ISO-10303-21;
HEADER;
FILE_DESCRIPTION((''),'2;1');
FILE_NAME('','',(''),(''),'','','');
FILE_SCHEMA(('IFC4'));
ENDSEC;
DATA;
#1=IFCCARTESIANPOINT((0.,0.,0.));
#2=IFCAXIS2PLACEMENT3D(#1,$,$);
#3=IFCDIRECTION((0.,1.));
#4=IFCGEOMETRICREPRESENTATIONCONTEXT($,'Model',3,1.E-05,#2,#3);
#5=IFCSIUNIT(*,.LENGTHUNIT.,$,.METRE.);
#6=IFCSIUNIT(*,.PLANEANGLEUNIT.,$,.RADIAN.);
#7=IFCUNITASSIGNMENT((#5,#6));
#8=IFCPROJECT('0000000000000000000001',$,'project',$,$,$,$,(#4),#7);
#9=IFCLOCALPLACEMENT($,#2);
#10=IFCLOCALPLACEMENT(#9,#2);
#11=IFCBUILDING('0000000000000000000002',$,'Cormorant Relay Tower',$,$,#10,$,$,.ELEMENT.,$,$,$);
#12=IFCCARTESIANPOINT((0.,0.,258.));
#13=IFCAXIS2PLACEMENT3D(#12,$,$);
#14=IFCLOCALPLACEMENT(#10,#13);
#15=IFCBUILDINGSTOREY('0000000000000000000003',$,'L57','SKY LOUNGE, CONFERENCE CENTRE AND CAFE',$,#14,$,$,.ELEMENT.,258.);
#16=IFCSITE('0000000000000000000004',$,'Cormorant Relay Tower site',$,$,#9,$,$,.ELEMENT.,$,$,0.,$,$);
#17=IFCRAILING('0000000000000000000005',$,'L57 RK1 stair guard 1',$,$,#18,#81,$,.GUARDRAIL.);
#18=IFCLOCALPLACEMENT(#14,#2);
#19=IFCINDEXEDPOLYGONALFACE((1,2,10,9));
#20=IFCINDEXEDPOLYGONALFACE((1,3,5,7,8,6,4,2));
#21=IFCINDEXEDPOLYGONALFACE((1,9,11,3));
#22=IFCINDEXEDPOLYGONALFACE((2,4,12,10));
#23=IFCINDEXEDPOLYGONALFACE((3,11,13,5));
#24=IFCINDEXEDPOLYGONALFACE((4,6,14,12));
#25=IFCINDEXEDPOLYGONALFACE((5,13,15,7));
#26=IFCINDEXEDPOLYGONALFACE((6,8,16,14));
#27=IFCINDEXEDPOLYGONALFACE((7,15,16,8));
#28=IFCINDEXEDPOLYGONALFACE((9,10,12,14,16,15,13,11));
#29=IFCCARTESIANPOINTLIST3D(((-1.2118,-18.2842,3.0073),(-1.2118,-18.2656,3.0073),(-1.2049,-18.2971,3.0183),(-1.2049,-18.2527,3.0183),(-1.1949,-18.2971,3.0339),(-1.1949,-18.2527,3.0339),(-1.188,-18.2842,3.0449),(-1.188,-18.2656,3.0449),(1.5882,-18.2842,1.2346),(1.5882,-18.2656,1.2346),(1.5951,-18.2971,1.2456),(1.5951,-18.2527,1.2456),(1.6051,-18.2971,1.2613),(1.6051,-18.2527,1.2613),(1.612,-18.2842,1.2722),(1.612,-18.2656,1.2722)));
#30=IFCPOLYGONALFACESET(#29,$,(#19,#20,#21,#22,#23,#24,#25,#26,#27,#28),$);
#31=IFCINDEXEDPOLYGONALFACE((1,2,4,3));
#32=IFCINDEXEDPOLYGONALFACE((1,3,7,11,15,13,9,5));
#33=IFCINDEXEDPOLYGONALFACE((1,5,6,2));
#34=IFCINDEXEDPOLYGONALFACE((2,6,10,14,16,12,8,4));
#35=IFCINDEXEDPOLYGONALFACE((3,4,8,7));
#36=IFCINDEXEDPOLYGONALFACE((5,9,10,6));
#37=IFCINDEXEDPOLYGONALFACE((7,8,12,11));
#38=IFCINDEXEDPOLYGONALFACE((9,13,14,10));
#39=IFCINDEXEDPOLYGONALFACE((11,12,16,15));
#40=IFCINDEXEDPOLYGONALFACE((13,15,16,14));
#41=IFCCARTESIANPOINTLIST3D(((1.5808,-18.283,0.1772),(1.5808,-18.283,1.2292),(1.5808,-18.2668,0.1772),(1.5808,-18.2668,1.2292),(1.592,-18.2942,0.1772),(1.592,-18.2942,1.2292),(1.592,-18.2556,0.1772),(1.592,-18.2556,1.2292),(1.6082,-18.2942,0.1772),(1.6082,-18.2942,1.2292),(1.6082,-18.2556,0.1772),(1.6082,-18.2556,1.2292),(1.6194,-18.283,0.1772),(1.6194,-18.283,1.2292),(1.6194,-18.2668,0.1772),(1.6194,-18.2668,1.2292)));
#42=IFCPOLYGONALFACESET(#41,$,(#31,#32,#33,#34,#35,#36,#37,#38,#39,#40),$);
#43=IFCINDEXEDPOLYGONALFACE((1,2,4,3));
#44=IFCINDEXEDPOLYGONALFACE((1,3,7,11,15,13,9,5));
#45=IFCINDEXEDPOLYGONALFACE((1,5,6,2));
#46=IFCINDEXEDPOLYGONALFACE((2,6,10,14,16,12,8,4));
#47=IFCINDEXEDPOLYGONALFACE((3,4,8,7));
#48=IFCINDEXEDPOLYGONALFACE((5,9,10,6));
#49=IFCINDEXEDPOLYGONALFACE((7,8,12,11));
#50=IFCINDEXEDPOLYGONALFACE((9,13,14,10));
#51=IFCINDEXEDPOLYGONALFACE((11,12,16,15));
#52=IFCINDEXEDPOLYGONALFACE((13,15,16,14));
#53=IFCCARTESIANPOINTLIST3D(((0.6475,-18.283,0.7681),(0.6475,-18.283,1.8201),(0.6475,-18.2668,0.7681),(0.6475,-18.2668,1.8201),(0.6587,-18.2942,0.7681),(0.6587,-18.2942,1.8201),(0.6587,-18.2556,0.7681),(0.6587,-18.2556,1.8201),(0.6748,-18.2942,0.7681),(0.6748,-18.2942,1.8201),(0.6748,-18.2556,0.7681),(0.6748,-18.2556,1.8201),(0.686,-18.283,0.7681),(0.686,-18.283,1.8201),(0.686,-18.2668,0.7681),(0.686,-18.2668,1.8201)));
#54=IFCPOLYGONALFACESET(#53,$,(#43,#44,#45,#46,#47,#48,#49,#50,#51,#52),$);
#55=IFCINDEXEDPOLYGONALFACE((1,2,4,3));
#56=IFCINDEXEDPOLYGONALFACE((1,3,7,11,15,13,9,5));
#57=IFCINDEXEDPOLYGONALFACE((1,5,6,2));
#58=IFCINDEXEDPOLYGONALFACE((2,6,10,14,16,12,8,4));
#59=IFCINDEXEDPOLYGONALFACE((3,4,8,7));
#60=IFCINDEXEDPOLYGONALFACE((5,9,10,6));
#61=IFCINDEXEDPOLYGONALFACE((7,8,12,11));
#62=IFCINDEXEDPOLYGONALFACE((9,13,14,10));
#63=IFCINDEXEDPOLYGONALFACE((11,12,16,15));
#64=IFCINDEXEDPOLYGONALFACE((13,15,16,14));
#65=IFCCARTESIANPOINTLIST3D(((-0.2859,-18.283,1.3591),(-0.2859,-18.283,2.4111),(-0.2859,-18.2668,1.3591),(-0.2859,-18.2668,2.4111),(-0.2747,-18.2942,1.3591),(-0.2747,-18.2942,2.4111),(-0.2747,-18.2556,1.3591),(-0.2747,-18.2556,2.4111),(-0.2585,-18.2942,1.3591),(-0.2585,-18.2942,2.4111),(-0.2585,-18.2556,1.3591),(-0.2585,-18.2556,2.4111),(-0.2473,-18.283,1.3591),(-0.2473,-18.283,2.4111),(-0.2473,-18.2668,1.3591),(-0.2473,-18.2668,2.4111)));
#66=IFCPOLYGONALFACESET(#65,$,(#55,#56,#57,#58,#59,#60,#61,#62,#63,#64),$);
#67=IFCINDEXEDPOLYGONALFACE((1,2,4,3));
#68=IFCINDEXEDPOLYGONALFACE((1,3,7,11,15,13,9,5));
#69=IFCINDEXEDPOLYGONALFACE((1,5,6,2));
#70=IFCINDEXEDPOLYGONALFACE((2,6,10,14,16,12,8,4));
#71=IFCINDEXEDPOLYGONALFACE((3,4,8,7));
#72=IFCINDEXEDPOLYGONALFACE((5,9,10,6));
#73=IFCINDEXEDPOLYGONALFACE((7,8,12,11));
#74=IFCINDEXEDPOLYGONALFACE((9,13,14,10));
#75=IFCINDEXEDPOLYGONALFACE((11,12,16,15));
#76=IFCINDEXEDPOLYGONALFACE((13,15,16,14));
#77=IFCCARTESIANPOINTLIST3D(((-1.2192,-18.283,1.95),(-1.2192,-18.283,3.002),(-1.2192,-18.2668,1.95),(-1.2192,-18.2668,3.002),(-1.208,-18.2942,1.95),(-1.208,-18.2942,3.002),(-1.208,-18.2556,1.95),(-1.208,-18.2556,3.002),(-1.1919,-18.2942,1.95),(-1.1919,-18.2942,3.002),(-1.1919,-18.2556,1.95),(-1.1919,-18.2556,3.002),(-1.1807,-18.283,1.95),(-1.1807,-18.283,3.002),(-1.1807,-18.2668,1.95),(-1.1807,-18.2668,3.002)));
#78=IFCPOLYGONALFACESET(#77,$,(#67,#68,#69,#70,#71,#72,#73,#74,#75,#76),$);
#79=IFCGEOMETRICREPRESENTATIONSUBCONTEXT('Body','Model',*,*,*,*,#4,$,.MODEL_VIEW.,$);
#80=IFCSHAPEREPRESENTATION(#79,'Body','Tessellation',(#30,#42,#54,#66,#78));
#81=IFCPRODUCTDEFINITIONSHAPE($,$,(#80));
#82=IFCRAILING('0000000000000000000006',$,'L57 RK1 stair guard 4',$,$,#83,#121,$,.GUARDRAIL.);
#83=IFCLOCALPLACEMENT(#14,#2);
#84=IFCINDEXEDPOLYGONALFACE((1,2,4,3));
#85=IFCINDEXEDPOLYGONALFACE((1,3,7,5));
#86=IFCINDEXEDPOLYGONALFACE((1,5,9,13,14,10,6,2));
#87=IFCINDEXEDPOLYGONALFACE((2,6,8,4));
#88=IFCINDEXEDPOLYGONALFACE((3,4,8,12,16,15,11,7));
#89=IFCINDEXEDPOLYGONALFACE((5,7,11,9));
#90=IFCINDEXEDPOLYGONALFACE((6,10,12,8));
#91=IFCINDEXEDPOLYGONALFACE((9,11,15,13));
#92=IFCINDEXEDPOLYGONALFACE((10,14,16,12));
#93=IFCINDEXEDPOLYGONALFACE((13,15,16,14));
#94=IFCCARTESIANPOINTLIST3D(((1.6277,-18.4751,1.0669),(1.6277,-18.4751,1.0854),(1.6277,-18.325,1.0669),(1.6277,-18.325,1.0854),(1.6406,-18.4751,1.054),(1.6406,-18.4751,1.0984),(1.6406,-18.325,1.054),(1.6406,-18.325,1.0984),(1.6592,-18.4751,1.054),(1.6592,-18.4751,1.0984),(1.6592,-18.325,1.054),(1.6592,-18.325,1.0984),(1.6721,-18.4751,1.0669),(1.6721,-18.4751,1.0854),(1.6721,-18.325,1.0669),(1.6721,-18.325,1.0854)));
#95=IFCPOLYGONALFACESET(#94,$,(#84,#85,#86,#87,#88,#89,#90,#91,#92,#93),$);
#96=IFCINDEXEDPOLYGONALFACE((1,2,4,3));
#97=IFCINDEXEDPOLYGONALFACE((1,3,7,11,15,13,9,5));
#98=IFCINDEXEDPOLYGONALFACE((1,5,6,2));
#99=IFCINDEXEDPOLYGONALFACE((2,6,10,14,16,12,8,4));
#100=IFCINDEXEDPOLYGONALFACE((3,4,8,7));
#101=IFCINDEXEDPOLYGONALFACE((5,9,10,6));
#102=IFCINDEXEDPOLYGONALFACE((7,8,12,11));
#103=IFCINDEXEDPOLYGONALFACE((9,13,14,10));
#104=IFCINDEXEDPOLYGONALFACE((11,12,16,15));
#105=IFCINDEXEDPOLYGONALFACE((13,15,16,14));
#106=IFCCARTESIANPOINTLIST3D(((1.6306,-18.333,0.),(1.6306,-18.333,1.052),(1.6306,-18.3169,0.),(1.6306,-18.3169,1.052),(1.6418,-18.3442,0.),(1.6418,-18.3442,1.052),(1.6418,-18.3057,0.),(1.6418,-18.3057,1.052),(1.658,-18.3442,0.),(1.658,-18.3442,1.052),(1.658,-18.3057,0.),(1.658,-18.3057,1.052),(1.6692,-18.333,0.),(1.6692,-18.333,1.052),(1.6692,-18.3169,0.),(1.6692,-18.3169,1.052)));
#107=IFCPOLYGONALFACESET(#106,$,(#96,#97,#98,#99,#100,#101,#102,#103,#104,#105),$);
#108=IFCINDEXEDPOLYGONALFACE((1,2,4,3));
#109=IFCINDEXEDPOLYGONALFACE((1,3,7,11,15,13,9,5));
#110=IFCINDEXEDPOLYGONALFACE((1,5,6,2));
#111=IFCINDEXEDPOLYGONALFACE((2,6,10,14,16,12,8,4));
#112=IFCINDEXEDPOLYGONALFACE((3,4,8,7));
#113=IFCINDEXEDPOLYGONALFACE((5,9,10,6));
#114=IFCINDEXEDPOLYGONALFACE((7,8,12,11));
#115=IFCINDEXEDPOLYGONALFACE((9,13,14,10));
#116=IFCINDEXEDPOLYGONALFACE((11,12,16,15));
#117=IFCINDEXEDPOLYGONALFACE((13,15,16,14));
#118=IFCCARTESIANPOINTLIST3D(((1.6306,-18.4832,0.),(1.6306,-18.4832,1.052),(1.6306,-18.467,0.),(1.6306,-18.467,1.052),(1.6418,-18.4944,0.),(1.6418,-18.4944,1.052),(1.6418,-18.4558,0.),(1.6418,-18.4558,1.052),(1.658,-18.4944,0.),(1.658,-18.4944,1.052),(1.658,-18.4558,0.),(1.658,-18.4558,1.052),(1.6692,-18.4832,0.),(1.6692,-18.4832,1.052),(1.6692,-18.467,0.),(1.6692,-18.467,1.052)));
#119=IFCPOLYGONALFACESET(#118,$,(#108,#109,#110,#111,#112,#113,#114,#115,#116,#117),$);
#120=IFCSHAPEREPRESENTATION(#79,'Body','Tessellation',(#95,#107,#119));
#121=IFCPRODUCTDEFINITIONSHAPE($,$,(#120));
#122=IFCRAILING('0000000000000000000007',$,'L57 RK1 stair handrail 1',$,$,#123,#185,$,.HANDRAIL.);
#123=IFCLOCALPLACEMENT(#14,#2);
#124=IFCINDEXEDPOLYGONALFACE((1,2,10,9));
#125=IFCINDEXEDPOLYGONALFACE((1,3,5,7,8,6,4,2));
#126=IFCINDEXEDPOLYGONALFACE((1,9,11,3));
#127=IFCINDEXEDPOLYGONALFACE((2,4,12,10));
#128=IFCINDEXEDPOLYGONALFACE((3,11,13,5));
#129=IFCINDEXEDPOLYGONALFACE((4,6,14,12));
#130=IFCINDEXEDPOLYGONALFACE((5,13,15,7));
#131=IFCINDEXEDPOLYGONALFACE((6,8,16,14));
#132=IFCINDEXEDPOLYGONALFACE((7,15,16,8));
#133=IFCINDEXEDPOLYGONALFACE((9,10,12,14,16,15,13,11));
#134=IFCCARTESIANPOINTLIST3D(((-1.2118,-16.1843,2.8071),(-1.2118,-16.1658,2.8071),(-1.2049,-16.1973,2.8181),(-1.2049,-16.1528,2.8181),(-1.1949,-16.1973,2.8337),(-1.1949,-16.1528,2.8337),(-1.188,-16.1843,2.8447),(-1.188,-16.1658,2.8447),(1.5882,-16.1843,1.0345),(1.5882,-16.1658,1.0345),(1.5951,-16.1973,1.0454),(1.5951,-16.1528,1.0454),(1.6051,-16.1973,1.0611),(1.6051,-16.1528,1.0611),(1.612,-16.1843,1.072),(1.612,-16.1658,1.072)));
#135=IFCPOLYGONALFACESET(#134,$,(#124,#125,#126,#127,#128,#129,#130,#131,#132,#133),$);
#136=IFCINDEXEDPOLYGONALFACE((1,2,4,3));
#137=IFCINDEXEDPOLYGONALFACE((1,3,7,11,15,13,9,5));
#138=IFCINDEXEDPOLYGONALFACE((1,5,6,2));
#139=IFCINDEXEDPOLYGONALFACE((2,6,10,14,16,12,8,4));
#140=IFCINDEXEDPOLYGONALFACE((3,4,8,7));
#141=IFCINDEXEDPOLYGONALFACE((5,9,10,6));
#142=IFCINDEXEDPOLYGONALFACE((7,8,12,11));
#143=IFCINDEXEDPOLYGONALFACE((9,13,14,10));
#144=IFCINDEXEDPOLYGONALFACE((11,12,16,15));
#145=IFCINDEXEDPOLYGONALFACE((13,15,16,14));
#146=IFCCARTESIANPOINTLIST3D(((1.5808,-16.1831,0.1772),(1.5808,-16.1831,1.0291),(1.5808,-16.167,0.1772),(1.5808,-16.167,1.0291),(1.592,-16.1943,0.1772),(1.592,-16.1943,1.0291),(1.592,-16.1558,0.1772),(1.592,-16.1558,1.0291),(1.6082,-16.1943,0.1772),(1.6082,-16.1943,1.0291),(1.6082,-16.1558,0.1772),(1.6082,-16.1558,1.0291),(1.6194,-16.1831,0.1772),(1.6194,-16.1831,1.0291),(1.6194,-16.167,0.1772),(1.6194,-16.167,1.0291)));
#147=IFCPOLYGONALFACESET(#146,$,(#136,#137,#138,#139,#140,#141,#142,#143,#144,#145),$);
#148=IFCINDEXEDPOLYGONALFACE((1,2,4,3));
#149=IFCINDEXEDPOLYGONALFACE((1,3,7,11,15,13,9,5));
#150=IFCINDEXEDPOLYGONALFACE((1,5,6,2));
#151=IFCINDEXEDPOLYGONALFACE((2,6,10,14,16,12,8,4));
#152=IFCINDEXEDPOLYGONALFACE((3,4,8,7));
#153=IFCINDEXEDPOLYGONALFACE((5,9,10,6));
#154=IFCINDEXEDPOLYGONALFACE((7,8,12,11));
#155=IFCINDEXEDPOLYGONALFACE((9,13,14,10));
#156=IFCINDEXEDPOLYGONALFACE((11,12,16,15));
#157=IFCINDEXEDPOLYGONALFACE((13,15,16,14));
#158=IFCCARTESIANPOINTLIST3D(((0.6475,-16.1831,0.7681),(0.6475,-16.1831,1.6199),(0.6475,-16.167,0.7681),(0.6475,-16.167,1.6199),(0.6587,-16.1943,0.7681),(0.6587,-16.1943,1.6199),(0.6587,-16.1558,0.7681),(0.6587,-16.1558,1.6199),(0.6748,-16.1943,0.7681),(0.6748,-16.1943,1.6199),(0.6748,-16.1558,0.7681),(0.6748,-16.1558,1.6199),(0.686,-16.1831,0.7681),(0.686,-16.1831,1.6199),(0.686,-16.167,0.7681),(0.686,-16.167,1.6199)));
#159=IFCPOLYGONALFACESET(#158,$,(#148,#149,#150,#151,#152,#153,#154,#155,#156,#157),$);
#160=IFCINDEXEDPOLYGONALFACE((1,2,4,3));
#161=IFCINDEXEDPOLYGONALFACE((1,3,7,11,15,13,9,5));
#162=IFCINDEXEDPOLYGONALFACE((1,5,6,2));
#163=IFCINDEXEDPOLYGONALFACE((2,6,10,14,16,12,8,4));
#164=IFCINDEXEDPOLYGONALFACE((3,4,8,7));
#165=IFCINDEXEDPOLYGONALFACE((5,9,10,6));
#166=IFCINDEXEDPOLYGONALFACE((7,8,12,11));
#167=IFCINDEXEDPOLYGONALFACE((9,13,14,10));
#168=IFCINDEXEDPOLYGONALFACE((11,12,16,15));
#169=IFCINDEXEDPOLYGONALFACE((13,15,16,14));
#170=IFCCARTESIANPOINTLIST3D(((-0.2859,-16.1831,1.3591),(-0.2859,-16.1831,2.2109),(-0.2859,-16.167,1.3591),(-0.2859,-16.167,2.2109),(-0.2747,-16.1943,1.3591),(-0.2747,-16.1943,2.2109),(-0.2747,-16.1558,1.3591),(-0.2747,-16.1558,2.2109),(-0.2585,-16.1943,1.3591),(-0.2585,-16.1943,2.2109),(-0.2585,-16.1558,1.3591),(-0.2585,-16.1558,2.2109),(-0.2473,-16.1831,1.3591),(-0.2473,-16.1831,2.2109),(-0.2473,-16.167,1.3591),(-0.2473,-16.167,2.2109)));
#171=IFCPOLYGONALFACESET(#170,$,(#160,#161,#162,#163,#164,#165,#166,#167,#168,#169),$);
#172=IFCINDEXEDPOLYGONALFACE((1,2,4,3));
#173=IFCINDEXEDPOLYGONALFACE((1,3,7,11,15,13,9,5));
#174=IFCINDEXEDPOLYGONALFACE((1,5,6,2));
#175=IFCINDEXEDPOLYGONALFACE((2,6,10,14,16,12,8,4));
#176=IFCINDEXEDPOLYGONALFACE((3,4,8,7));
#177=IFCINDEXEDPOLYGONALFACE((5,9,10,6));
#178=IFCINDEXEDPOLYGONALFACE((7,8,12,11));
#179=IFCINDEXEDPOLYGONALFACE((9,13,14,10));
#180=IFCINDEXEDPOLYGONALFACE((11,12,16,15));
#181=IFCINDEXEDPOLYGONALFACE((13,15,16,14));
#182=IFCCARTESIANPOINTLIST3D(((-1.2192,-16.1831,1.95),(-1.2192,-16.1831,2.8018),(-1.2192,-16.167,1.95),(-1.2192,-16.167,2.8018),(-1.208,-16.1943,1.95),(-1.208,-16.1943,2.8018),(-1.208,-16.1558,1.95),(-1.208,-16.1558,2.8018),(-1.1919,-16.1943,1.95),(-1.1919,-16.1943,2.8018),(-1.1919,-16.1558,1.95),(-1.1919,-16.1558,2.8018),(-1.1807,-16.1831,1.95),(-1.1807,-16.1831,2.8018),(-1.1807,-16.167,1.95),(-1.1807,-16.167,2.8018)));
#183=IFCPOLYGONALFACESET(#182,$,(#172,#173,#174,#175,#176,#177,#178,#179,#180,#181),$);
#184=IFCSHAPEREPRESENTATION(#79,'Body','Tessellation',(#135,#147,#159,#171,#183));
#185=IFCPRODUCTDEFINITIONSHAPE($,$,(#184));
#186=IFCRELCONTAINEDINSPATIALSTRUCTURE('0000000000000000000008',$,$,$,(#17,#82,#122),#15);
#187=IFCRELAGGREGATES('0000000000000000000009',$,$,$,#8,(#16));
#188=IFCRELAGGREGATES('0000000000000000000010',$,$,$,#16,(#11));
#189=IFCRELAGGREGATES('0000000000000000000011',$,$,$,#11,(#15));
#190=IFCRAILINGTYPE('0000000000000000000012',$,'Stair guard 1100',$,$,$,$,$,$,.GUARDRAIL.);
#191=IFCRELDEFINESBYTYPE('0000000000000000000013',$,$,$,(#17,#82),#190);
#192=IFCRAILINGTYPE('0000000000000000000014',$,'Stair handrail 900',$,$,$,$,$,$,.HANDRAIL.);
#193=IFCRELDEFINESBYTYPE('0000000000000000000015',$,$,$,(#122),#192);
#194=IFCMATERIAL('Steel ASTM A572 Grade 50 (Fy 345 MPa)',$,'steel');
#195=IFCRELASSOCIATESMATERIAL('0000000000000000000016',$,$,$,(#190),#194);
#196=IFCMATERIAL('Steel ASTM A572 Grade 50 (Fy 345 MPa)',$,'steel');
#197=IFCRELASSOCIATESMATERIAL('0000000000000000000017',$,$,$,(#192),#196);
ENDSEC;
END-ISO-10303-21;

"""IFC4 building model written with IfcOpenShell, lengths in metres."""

from ifc_helpers import new_model, si_unit, direction, frame, origin, place, context, subcontext, project, spatial, polyline, outline, extrude, material, type_object, element, save


model = new_model("IFC4")

# Units and contexts
model_context = context("Model", 3, precision=1e-05, world=origin(), true_north=direction((0.0, 1.0)))
body_context = subcontext(model_context, "Body", "Model", "MODEL_VIEW")
ifc_project = project(units=[si_unit("LENGTHUNIT", "METRE"), si_unit("PLANEANGLEUNIT", "RADIAN")], contexts=[model_context])

# Site, building, storey
site_placement = place(None, origin())
site = spatial("IfcSite", under=ifc_project, at=site_placement, Name="Cormorant Relay Tower site", CompositionType="ELEMENT", RefElevation=0.0)
building_placement = place(site_placement, origin())
building = spatial("IfcBuilding", under=site, at=building_placement, Name="Cormorant Relay Tower", CompositionType="ELEMENT")
storey_placement = place(building_placement, frame((0.0, 0.0, 258.0)))
storey = spatial("IfcBuildingStorey", under=building, at=storey_placement, Name="L57", Description="SKY LOUNGE, CONFERENCE CENTRE AND CAFE", CompositionType="ELEMENT", Elevation=258.0)

# Railings
ifc_material_1 = material(Name="Steel ASTM A572 Grade 50 (Fy 345 MPa)", Category="steel")
railing_type_1 = type_object("IfcRailingType", Name="Stair guard 1100", PredefinedType="GUARDRAIL", material=ifc_material_1)
railing_1_placement = place(storey_placement, frame((1.6001, -18.2749, 0.1772)))
element("IfcRailing", 1, at=railing_1_placement, inside=storey, type_object=railing_type_1, Name="L57 RK1 stair guard 1", PredefinedType="GUARDRAIL", context=body_context, shape_type="SweptSolid", body=[
    extrude(outline(polyline([(0.0222, 0.0093), (0.0093, 0.0222), (-0.0093, 0.0222), (-0.0222, 0.0093), (-0.0222, -0.0093), (-0.0093, -0.0222), (0.0093, -0.0222), (0.0222, -0.0093), (0.0222, 0.0093)])), frame((0.0, 0.0, 1.0762), z_axis=(-0.844909, 0.0, 0.53491), x_axis=(0.0, -1.0, 0.0)), (0.0, 0.0, 1.0), 3.314),
    extrude(outline(polyline([(0.0193, 0.0081), (0.0081, 0.0193), (-0.0081, 0.0193), (-0.0193, 0.0081), (-0.0193, -0.0081), (-0.0081, -0.0193), (0.0081, -0.0193), (0.0193, -0.0081), (0.0193, 0.0081)])), origin(), (0.0, 0.0, 1.0), 1.052),
    extrude(outline(polyline([(0.0193, 0.0081), (0.0081, 0.0193), (-0.0081, 0.0193), (-0.0193, 0.0081), (-0.0193, -0.0081), (-0.0081, -0.0193), (0.0081, -0.0193), (0.0193, -0.0081), (0.0193, 0.0081)])), frame((-0.9333, 0.0, 0.5908)), (0.0, 0.0, 1.0), 1.052),
    extrude(outline(polyline([(0.0193, 0.0081), (0.0081, 0.0193), (-0.0081, 0.0193), (-0.0193, 0.0081), (-0.0193, -0.0081), (-0.0081, -0.0193), (0.0081, -0.0193), (0.0193, -0.0081), (0.0193, 0.0081)])), frame((-1.8667, 0.0, 1.1819)), (0.0, 0.0, 1.0), 1.052),
    extrude(outline(polyline([(0.0193, 0.0081), (0.0081, 0.0193), (-0.0081, 0.0193), (-0.0193, 0.0081), (-0.0193, -0.0081), (-0.0081, -0.0193), (0.0081, -0.0193), (0.0193, -0.0081), (0.0193, 0.0081)])), frame((-2.8, 0.0, 1.7727)), (0.0, 0.0, 1.0), 1.052),
])
railing_2_placement = place(storey_placement, frame((1.6499, -18.325, 0.0)))
element("IfcRailing", 2, at=railing_2_placement, inside=storey, type_object=railing_type_1, Name="L57 RK1 stair guard 4", PredefinedType="GUARDRAIL", context=body_context, shape_type="SweptSolid", body=[
    extrude(outline(polyline([(0.0222, 0.0093), (0.0093, 0.0222), (-0.0093, 0.0222), (-0.0222, 0.0093), (-0.0222, -0.0093), (-0.0093, -0.0222), (0.0093, -0.0222), (0.0222, -0.0093), (0.0222, 0.0093)])), frame((0.0, 0.0, 1.0762), z_axis=(0.0, -1.0, 0.0), x_axis=(1.0, 0.0, 0.0)), (0.0, 0.0, 1.0), 0.1501),
    extrude(outline(polyline([(0.0193, 0.0081), (0.0081, 0.0193), (-0.0081, 0.0193), (-0.0193, 0.0081), (-0.0193, -0.0081), (-0.0081, -0.0193), (0.0081, -0.0193), (0.0193, -0.0081), (0.0193, 0.0081)])), origin(), (0.0, 0.0, 1.0), 1.052),
    extrude(outline(polyline([(0.0193, 0.0081), (0.0081, 0.0193), (-0.0081, 0.0193), (-0.0193, 0.0081), (-0.0193, -0.0081), (-0.0081, -0.0193), (0.0081, -0.0193), (0.0193, -0.0081), (0.0193, 0.0081)])), frame((0.0, -0.1501, 0.0)), (0.0, 0.0, 1.0), 1.052),
])
ifc_material_2 = material(Name="Steel ASTM A572 Grade 50 (Fy 345 MPa)", Category="steel")
railing_type_2 = type_object("IfcRailingType", Name="Stair handrail 900", PredefinedType="HANDRAIL", material=ifc_material_2)
railing_3_placement = place(storey_placement, frame((1.6001, -16.175, 0.1772)))
element("IfcRailing", 3, at=railing_3_placement, inside=storey, type_object=railing_type_2, Name="L57 RK1 stair handrail 1", PredefinedType="HANDRAIL", context=body_context, shape_type="SweptSolid", body=[
    extrude(outline(polyline([(0.0222, 0.0093), (0.0093, 0.0222), (-0.0093, 0.0222), (-0.0222, 0.0093), (-0.0222, -0.0093), (-0.0093, -0.0222), (0.0093, -0.0222), (0.0222, -0.0093), (0.0222, 0.0093)])), frame((0.0, 0.0, 0.876), z_axis=(-0.844909, 0.0, 0.53491), x_axis=(0.0, -1.0, 0.0)), (0.0, 0.0, 1.0), 3.314),
    extrude(outline(polyline([(0.0193, 0.0081), (0.0081, 0.0193), (-0.0081, 0.0193), (-0.0193, 0.0081), (-0.0193, -0.0081), (-0.0081, -0.0193), (0.0081, -0.0193), (0.0193, -0.0081), (0.0193, 0.0081)])), origin(), (0.0, 0.0, 1.0), 0.8518),
    extrude(outline(polyline([(0.0193, 0.0081), (0.0081, 0.0193), (-0.0081, 0.0193), (-0.0193, 0.0081), (-0.0193, -0.0081), (-0.0081, -0.0193), (0.0081, -0.0193), (0.0193, -0.0081), (0.0193, 0.0081)])), frame((-0.9333, 0.0, 0.5908)), (0.0, 0.0, 1.0), 0.8518),
    extrude(outline(polyline([(0.0193, 0.0081), (0.0081, 0.0193), (-0.0081, 0.0193), (-0.0193, 0.0081), (-0.0193, -0.0081), (-0.0081, -0.0193), (0.0081, -0.0193), (0.0193, -0.0081), (0.0193, 0.0081)])), frame((-1.8667, 0.0, 1.1819)), (0.0, 0.0, 1.0), 0.8518),
    extrude(outline(polyline([(0.0193, 0.0081), (0.0081, 0.0193), (-0.0081, 0.0193), (-0.0193, 0.0081), (-0.0193, -0.0081), (-0.0081, -0.0193), (0.0081, -0.0193), (0.0193, -0.0081), (0.0193, 0.0081)])), frame((-2.8, 0.0, 1.7727)), (0.0, 0.0, 1.0), 0.8518),
])

save(model, "model.ifc")
